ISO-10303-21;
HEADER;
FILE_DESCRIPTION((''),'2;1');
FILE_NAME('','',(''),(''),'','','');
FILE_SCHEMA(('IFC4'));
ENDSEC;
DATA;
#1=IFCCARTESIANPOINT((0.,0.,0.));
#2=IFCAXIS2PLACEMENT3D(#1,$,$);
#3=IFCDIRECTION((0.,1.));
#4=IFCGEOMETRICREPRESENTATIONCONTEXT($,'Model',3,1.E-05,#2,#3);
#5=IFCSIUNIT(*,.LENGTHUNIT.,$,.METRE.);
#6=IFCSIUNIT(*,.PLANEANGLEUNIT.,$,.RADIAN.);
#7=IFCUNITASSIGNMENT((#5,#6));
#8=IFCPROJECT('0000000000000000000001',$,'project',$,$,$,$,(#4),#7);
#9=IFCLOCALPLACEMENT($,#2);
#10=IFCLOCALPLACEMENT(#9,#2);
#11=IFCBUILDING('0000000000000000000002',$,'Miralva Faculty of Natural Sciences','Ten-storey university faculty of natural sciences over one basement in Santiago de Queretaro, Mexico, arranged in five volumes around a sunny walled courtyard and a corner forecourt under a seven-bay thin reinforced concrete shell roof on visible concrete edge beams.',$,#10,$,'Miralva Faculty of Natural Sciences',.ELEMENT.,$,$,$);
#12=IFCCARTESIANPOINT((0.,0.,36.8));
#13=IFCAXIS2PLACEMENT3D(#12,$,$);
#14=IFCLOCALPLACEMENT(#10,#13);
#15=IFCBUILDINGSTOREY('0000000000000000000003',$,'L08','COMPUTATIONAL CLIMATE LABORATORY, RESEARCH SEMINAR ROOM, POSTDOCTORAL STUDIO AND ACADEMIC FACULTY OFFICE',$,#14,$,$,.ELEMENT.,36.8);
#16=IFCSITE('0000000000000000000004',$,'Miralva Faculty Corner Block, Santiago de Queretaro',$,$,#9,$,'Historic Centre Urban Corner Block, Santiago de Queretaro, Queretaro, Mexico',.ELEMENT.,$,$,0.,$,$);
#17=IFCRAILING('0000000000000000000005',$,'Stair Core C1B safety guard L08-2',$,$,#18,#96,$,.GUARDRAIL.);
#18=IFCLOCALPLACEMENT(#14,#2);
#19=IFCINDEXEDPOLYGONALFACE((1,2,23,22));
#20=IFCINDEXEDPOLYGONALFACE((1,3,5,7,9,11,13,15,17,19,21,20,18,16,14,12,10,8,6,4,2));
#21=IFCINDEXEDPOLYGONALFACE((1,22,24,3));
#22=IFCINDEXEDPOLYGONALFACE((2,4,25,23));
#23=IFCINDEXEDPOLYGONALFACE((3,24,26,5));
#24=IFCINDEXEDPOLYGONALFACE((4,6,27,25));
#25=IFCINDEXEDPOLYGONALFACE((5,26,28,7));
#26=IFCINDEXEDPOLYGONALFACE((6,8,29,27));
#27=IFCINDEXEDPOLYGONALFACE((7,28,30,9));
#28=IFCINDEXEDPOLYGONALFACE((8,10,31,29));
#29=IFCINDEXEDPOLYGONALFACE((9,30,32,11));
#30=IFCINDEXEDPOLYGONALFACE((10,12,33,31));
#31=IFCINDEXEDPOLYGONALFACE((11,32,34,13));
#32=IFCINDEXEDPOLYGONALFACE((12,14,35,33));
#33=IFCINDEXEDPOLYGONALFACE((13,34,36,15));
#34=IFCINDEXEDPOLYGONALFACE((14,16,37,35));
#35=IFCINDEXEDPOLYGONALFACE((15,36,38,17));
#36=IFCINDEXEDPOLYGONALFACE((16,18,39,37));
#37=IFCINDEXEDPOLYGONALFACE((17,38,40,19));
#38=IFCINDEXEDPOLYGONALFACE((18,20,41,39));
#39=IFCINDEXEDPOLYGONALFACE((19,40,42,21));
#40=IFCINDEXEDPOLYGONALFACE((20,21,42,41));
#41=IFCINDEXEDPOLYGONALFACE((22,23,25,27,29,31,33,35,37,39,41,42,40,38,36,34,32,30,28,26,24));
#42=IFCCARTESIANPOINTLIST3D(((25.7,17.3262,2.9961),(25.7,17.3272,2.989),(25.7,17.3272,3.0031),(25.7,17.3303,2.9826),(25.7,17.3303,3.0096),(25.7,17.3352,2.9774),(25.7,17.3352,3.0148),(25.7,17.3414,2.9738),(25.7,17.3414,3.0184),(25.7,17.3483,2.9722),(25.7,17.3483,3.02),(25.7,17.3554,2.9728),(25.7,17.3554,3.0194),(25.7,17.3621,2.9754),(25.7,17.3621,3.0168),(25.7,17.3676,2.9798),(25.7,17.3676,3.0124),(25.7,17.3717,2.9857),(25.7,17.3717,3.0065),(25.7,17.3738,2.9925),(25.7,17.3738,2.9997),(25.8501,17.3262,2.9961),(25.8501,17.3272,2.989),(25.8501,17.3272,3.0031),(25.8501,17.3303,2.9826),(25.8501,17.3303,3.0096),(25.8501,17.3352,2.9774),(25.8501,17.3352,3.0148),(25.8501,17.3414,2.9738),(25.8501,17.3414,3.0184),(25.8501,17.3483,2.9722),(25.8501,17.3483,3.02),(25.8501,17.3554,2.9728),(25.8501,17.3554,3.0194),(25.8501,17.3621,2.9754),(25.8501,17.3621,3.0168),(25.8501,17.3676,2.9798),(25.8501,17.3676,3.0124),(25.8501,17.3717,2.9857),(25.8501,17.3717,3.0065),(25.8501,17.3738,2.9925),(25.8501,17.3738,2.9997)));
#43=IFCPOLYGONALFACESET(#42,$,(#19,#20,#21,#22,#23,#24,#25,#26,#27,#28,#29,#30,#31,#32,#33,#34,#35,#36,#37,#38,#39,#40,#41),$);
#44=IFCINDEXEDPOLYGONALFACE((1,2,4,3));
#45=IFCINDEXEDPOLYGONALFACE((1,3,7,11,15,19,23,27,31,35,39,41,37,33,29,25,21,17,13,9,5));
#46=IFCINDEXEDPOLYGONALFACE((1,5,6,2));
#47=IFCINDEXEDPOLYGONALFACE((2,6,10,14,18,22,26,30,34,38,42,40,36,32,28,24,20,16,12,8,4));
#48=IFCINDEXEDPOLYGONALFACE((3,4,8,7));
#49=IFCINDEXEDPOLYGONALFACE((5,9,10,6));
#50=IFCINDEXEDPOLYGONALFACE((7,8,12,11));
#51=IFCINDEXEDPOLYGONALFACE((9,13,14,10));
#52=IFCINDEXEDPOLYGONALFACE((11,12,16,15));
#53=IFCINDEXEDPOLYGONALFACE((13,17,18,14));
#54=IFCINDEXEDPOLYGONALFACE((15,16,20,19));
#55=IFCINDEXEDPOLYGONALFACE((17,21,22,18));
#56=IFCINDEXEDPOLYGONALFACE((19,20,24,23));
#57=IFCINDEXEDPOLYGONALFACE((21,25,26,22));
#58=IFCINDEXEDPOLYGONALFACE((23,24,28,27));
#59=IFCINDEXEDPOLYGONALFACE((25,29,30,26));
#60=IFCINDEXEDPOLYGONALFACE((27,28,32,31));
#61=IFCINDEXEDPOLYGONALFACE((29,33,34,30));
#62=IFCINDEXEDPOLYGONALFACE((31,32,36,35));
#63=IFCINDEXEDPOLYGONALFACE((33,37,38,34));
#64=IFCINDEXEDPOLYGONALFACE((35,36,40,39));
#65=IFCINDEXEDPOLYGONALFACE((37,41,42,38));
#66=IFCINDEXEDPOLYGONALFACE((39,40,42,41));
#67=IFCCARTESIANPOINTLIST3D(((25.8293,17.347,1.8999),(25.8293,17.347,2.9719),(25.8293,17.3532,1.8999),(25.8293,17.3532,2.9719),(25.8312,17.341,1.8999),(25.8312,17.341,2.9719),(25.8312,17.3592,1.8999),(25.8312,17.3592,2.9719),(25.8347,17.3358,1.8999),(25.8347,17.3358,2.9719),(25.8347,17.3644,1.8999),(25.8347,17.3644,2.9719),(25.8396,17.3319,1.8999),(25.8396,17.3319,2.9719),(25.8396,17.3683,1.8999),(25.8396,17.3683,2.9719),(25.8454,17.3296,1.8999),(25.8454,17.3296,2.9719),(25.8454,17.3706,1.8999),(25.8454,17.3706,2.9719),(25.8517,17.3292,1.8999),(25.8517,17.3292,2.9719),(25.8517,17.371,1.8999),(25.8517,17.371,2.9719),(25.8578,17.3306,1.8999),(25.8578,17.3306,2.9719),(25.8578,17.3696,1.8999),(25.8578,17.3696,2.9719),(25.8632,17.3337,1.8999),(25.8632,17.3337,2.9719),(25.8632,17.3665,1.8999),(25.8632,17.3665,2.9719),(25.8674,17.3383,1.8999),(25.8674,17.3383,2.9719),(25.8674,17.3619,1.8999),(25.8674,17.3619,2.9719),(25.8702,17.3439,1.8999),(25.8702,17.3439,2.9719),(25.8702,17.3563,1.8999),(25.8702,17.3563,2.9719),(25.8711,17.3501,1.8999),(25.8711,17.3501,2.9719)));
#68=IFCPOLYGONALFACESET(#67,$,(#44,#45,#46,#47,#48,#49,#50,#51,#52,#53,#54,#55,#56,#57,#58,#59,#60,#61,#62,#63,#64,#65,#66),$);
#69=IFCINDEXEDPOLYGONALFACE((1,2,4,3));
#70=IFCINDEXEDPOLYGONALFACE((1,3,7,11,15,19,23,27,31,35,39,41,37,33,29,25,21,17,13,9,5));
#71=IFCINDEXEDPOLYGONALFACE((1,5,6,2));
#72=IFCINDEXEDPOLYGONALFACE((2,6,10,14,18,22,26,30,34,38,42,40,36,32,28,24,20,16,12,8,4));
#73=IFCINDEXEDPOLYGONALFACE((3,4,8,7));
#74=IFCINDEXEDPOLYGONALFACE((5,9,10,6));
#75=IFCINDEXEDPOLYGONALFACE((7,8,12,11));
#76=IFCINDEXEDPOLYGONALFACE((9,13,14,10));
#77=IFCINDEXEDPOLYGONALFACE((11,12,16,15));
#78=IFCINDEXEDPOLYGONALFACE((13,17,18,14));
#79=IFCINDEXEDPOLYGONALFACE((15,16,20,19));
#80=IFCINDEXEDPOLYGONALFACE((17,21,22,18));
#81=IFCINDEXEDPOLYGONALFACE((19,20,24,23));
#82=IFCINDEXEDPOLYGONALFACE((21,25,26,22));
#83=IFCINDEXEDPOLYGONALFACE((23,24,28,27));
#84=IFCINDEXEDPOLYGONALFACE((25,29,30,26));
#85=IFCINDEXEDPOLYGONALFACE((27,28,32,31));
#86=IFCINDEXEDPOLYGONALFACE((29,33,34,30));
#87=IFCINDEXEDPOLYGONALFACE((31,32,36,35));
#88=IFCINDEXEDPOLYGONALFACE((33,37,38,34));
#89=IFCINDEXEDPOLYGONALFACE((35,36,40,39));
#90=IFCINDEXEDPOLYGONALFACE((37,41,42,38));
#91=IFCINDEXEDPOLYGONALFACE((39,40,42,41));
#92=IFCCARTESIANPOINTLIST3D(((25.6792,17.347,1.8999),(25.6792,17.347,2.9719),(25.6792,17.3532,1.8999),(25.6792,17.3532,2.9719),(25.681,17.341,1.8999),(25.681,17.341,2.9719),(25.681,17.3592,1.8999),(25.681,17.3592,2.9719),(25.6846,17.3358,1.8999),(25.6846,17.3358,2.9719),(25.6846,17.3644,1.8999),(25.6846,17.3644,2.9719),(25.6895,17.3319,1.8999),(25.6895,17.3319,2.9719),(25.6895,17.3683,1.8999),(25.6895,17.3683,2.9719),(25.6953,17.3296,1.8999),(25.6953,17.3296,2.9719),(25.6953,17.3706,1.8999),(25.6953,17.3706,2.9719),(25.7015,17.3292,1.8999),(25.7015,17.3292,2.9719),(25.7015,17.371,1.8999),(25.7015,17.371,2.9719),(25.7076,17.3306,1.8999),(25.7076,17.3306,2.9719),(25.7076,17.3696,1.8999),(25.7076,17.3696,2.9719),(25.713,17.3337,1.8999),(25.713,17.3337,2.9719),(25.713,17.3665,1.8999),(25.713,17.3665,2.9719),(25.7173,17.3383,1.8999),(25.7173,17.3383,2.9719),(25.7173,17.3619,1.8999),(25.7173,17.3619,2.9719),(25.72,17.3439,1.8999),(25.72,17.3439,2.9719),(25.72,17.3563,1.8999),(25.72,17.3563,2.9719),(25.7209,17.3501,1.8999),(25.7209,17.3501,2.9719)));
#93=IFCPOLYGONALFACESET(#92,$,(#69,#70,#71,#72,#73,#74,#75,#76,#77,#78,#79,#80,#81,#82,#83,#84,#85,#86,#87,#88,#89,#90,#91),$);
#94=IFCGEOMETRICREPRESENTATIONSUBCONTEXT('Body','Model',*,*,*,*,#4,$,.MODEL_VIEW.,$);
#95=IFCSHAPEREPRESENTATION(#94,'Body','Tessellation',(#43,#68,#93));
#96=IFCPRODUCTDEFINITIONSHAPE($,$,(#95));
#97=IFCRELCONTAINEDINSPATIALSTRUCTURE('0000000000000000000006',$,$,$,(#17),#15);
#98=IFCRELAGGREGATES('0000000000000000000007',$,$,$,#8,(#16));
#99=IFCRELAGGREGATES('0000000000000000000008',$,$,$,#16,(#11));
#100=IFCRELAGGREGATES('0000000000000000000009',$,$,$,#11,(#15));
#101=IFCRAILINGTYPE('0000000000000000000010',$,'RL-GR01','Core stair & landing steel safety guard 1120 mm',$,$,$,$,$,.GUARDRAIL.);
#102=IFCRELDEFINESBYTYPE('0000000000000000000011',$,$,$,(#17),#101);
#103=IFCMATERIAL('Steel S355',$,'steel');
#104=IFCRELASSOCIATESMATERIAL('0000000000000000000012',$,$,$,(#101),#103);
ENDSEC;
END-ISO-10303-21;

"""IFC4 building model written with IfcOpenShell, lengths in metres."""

from ifc_helpers import new_model, si_unit, direction, frame, origin, origin_2d, place, context, subcontext, project, spatial, circle, extrude, material, type_object, element, save


model = new_model("IFC4")

# Units and contexts
model_context = context("Model", 3, precision=1e-05, world=origin(), true_north=direction((0.0, 1.0)))
body_context = subcontext(model_context, "Body", "Model", "MODEL_VIEW")
ifc_project = project(units=[si_unit("LENGTHUNIT", "METRE"), si_unit("PLANEANGLEUNIT", "RADIAN")], contexts=[model_context])

# Site, building, storey
site_placement = place(None, origin())
site = spatial("IfcSite", under=ifc_project, at=site_placement, Name="Miralva Faculty Corner Block, Santiago de Queretaro", LongName="Historic Centre Urban Corner Block, Santiago de Queretaro, Queretaro, Mexico", CompositionType="ELEMENT", RefElevation=0.0)
building_placement = place(site_placement, origin())
building = spatial("IfcBuilding", under=site, at=building_placement, Name="Miralva Faculty of Natural Sciences", Description="Ten-storey university faculty of natural sciences over one basement in Santiago de Queretaro, Mexico, arranged in five volumes around a sunny walled courtyard and a corner forecourt under a seven-bay thin reinforced concrete shell roof on visible concrete edge beams.", LongName="Miralva Faculty of Natural Sciences", CompositionType="ELEMENT")
storey_placement = place(building_placement, frame((0.0, 0.0, 36.8)))
storey = spatial("IfcBuildingStorey", under=building, at=storey_placement, Name="L08", Description="COMPUTATIONAL CLIMATE LABORATORY, RESEARCH SEMINAR ROOM, POSTDOCTORAL STUDIO AND ACADEMIC FACULTY OFFICE", CompositionType="ELEMENT", Elevation=36.8)

# Railing
ifc_material_1 = material(Name="Steel S355", Category="steel")
railing_type_1 = type_object("IfcRailingType", Name="RL-GR01", Description="Core stair & landing steel safety guard 1120 mm", PredefinedType="GUARDRAIL", material=ifc_material_1)
railing_1_placement = place(storey_placement, frame((25.8501, 17.3501, 1.8999)))
element("IfcRailing", 1, at=railing_1_placement, inside=storey, type_object=railing_type_1, Name="Stair Core C1B safety guard L08-2", PredefinedType="GUARDRAIL", context=body_context, shape_type="SweptSolid", body=[
    extrude(circle(Radius=0.0239, at=origin_2d()), frame((0.0, 0.0, 1.0962), z_axis=(-1.0, 0.0, 0.0), x_axis=(0.0, -1.0, 0.0)), (0.0, 0.0, 1.0), 0.1501),
    extrude(circle(Radius=0.021, at=origin_2d()), origin(), (0.0, 0.0, 1.0), 1.072),
    extrude(circle(Radius=0.021, at=origin_2d()), frame((-0.1501, 0.0, 0.0)), (0.0, 0.0, 1.0), 1.072),
])

save(model, "model.ifc")
